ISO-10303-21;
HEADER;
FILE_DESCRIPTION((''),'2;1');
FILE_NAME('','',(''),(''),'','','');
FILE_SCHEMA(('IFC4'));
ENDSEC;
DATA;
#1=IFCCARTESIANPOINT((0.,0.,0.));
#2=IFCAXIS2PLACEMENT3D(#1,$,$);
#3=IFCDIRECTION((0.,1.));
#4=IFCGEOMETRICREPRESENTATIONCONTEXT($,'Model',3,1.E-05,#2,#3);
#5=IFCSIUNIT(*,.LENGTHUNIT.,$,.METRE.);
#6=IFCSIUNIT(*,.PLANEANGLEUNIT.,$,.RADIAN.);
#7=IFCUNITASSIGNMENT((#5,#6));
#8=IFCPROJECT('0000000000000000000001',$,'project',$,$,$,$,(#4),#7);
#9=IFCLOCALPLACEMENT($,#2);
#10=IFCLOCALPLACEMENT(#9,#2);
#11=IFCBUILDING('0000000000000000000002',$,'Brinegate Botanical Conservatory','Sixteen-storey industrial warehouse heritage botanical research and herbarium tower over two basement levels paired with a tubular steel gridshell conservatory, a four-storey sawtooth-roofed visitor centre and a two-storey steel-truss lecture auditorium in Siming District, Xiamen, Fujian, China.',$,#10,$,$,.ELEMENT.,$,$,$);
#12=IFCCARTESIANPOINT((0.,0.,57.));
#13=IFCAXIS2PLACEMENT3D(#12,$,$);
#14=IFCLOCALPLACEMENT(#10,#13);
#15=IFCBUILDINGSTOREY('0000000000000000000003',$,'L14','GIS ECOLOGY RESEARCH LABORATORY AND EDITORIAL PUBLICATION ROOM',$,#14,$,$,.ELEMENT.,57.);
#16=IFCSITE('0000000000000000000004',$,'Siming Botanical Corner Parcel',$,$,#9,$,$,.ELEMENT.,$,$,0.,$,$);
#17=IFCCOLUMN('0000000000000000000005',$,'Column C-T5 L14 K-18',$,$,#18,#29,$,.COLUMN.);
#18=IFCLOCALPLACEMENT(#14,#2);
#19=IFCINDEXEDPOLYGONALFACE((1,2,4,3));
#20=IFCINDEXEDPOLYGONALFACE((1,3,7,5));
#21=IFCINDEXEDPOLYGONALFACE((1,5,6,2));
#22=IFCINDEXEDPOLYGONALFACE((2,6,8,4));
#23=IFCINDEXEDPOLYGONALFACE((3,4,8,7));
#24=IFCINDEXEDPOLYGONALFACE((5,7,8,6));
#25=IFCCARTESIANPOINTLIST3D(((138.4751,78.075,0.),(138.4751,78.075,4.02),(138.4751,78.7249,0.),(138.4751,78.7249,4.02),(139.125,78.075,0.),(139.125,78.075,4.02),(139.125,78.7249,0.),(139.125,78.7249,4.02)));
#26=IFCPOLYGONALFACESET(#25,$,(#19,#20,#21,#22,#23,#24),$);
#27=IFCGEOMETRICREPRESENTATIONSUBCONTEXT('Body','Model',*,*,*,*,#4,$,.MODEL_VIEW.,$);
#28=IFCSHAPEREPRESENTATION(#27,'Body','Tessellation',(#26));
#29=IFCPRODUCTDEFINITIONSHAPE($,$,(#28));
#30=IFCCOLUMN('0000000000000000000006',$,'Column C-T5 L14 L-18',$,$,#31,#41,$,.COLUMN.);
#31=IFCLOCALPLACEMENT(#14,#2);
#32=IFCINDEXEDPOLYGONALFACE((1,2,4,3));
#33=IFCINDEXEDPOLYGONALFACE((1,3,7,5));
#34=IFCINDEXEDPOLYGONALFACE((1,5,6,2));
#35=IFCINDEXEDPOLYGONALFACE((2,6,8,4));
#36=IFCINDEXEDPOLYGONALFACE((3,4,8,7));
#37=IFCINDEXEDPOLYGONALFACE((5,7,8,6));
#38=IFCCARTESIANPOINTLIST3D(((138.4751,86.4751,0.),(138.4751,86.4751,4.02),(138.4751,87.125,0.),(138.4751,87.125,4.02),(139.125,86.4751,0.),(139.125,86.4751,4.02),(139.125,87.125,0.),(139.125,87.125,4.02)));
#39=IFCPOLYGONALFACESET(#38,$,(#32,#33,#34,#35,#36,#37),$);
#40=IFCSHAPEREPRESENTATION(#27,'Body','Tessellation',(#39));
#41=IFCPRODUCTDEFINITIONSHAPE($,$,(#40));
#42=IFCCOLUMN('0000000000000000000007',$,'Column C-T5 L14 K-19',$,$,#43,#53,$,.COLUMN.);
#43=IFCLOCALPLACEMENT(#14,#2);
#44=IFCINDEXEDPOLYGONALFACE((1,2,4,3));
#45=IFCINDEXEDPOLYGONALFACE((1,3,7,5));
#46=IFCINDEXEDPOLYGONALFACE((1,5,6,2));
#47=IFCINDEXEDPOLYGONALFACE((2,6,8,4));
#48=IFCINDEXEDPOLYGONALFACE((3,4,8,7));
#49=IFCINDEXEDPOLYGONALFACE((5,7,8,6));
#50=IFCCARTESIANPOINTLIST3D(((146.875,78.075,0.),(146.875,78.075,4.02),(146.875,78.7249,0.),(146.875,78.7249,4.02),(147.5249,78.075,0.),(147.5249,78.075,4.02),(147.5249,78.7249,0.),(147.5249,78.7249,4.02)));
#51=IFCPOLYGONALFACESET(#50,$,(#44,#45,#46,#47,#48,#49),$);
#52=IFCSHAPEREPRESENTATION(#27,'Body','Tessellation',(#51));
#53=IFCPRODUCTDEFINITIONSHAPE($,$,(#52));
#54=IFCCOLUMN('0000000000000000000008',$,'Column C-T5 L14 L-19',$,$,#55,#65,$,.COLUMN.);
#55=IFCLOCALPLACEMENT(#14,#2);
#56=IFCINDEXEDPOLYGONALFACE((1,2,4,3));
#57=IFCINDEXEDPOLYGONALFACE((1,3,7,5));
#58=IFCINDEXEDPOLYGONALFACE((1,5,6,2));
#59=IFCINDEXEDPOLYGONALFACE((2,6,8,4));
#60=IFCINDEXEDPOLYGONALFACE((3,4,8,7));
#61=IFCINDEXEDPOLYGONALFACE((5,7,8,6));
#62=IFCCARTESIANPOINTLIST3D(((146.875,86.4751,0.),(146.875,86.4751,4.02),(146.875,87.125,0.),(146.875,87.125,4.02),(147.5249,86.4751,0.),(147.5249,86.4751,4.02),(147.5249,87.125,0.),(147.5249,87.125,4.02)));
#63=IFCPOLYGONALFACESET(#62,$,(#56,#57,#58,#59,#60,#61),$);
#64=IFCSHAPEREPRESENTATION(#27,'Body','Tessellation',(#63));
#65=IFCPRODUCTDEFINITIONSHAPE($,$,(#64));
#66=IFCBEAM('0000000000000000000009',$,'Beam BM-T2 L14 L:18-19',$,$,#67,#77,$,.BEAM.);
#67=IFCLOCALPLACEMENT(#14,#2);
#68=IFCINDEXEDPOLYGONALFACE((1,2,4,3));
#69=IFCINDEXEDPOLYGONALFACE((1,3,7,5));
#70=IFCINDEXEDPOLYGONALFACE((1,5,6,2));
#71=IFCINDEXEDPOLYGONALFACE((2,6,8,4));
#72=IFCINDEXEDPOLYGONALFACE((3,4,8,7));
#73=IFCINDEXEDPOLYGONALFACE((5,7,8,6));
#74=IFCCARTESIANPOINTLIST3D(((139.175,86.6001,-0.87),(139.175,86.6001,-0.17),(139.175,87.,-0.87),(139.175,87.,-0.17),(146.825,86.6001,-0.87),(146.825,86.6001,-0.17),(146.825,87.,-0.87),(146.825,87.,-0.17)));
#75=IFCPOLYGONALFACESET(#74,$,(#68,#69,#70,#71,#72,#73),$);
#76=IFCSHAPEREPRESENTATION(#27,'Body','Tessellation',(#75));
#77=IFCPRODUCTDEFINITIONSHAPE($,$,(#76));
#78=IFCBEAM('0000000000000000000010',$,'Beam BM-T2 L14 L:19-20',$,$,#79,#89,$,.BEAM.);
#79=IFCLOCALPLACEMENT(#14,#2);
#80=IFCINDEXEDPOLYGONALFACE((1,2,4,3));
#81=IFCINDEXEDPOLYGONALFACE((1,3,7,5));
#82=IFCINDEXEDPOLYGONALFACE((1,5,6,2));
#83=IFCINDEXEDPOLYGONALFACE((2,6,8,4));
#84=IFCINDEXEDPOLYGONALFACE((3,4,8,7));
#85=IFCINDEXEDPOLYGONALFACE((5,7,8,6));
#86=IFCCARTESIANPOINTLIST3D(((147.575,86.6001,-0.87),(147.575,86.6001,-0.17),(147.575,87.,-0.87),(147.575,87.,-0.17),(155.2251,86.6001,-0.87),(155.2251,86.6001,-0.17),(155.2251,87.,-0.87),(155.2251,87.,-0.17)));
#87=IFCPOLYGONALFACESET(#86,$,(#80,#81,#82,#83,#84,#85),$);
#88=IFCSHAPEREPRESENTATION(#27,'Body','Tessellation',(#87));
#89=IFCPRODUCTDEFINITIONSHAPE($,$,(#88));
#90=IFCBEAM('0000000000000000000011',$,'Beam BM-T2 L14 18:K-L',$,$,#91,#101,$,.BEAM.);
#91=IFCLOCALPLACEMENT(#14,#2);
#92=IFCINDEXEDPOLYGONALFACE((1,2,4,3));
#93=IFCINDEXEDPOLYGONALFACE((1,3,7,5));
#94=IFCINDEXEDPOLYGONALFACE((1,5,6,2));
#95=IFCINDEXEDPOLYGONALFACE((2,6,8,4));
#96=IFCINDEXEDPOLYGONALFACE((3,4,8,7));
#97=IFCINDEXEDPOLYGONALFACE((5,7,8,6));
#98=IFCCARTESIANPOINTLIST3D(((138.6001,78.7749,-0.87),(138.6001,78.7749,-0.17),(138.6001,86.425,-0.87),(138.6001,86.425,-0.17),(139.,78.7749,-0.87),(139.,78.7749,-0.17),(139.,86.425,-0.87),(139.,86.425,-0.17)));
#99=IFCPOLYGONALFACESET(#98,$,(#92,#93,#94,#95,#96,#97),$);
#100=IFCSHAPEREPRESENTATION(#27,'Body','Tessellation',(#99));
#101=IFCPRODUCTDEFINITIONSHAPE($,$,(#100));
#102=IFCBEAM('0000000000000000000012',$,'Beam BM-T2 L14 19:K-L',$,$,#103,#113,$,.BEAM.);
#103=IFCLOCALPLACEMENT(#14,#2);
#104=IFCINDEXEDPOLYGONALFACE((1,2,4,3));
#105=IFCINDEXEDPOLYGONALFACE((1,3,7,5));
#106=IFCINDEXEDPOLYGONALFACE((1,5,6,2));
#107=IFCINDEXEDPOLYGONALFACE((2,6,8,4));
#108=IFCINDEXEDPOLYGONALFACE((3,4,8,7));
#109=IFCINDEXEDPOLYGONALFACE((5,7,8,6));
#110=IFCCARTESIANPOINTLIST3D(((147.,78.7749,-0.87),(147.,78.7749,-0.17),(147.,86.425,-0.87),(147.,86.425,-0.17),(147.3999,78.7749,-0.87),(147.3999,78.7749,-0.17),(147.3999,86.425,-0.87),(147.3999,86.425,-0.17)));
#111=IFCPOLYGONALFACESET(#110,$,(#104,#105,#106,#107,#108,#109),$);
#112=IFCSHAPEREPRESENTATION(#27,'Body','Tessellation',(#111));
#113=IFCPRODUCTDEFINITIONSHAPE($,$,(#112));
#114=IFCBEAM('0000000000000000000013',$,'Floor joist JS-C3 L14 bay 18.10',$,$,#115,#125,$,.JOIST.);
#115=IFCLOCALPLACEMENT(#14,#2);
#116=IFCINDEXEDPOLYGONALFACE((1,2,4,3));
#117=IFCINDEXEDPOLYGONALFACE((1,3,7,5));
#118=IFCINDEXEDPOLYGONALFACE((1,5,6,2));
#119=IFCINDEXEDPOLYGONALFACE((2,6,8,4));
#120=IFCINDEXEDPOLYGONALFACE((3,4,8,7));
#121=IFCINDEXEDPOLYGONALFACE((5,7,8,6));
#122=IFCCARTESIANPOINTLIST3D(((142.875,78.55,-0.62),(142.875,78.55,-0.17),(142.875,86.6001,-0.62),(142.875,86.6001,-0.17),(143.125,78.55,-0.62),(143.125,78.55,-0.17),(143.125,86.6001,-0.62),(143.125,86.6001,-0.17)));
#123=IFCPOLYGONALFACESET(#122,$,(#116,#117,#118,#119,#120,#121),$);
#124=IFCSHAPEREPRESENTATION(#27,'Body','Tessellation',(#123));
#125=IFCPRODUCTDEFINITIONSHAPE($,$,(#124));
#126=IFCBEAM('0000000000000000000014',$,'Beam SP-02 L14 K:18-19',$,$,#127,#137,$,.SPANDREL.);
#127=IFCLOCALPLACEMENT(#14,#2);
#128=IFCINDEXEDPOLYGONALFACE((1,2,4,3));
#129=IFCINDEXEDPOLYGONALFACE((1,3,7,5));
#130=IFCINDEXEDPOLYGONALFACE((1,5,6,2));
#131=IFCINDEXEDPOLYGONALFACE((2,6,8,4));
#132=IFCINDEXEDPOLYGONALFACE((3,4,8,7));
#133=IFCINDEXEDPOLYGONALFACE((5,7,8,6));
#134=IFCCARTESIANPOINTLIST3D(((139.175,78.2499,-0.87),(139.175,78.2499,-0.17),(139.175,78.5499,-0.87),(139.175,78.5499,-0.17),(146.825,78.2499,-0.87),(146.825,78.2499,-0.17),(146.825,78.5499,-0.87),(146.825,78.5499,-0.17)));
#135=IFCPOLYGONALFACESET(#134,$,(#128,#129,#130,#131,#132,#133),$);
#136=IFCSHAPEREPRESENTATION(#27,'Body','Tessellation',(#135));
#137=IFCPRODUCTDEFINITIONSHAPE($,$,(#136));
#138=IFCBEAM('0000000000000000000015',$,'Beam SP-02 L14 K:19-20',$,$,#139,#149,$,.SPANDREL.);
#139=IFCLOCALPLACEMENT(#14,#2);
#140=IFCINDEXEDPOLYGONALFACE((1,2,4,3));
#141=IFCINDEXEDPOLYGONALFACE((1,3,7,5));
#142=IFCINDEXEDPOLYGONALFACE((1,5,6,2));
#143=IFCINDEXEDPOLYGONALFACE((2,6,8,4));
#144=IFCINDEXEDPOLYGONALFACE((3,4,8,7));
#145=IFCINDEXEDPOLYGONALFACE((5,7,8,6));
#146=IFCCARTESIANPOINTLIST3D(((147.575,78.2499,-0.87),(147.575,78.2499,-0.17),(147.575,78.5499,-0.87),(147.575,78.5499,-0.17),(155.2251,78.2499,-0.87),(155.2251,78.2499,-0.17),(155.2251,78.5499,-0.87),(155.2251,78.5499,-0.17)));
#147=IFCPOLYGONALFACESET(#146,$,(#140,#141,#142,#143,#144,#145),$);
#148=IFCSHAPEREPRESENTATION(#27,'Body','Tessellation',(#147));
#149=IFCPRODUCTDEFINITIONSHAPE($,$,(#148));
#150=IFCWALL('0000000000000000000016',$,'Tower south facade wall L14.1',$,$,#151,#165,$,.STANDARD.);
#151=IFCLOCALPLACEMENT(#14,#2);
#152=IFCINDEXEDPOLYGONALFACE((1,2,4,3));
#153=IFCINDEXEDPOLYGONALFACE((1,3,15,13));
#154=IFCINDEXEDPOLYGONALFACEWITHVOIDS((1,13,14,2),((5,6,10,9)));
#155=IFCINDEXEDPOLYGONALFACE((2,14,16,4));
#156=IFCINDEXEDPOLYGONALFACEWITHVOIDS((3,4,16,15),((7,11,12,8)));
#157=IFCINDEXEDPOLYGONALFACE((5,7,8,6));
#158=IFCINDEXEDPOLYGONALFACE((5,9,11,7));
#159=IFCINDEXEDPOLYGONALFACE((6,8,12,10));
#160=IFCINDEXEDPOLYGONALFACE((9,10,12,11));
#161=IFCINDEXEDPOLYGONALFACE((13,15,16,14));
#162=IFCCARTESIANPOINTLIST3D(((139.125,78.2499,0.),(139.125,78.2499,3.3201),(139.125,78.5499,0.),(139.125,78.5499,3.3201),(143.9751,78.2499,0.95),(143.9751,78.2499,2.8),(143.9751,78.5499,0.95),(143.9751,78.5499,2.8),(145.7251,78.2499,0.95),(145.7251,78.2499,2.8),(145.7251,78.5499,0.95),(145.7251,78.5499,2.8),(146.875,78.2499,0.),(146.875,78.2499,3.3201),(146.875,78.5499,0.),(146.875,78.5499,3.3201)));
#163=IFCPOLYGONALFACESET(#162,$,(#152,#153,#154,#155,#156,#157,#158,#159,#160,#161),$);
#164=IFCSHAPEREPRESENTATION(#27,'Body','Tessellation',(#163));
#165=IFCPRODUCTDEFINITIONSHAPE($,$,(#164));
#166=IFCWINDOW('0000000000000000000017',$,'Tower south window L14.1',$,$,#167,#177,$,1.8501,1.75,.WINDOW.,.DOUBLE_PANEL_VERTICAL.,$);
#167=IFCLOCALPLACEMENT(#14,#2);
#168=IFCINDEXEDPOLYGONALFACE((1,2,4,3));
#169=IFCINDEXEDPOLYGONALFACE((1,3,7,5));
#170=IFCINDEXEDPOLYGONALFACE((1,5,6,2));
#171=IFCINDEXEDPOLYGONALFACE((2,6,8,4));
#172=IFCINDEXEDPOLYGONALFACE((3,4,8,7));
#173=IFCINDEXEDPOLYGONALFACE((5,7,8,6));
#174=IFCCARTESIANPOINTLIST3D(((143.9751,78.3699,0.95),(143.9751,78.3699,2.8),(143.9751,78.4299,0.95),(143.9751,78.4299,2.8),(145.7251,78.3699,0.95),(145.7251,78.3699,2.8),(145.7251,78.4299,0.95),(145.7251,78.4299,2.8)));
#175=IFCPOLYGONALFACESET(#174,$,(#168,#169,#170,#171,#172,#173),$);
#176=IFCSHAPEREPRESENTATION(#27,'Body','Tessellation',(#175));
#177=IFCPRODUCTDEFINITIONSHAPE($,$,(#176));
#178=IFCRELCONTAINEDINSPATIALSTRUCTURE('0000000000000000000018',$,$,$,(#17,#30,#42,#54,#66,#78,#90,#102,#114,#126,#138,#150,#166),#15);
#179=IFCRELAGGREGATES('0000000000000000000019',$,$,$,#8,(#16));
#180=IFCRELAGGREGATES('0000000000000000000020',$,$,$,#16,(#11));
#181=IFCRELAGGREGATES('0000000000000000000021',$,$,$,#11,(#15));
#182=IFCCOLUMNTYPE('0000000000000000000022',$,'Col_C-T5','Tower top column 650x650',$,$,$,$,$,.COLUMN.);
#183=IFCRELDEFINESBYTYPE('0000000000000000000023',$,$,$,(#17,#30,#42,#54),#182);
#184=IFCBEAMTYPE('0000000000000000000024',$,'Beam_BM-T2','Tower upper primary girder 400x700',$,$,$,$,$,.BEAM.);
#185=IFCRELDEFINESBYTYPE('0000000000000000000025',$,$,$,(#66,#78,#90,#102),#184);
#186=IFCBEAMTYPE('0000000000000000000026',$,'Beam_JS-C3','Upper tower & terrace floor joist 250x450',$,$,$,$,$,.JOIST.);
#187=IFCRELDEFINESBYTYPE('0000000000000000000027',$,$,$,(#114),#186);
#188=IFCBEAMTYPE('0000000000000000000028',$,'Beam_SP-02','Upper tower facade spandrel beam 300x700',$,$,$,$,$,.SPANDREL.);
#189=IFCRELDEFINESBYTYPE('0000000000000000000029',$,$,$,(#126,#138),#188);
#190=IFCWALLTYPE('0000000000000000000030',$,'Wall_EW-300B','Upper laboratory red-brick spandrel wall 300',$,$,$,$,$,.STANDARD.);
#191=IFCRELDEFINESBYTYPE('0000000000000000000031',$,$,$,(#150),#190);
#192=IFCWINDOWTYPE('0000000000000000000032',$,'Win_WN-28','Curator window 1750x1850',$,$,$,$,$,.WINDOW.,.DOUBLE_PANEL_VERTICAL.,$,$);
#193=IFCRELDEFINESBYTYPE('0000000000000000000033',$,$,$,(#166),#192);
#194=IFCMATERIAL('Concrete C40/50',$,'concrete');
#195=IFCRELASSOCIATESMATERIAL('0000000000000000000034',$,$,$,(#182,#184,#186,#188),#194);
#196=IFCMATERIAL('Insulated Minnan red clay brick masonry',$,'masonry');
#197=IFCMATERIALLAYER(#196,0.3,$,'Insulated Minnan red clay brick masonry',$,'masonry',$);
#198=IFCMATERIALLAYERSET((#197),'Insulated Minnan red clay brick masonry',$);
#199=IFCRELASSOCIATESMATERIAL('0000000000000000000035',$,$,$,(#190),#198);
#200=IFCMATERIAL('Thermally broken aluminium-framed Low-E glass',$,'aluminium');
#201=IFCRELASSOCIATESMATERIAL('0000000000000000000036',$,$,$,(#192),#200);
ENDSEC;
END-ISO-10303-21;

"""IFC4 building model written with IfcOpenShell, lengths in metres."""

from ifc_helpers import new_model, si_unit, direction, frame, frame_2d, origin, origin_2d, place, context, subcontext, project, spatial, rectangle, extrude, material, layer, layer_set, material_profile, profile_set, type_object, element, fill, save


model = new_model("IFC4")

# Units and contexts
model_context = context("Model", 3, precision=1e-05, world=origin(), true_north=direction((0.0, 1.0)))
body_context = subcontext(model_context, "Body", "Model", "MODEL_VIEW")
ifc_project = project(units=[si_unit("LENGTHUNIT", "METRE"), si_unit("PLANEANGLEUNIT", "RADIAN")], contexts=[model_context])

# Site, building, storey
site_placement = place(None, origin())
site = spatial("IfcSite", under=ifc_project, at=site_placement, Name="Siming Botanical Corner Parcel", CompositionType="ELEMENT", RefElevation=0.0)
building_placement = place(site_placement, origin())
building = spatial("IfcBuilding", under=site, at=building_placement, Name="Brinegate Botanical Conservatory", Description="Sixteen-storey industrial warehouse heritage botanical research and herbarium tower over two basement levels paired with a tubular steel gridshell conservatory, a four-storey sawtooth-roofed visitor centre and a two-storey steel-truss lecture auditorium in Siming District, Xiamen, Fujian, China.", CompositionType="ELEMENT")
storey_placement = place(building_placement, frame((0.0, 0.0, 57.0)))
storey = spatial("IfcBuildingStorey", under=building, at=storey_placement, Name="L14", Description="GIS ECOLOGY RESEARCH LABORATORY AND EDITORIAL PUBLICATION ROOM", CompositionType="ELEMENT", Elevation=57.0)

# Columns
ifc_material_1 = material(Name="Concrete C40/50", Category="concrete")
ifc_material_profile_1 = material_profile(ifc_material_1, rectangle(XDim=0.6499, YDim=0.6499, at=origin_2d()), Name="RC COL 650x650")
ifc_profile_set_1 = profile_set([ifc_material_profile_1], Name="Concrete C40/50")
column_type = type_object("IfcColumnType", Name="Col_C-T5", Description="Tower top column 650x650", PredefinedType="COLUMN", material=ifc_profile_set_1)
for number, where, z_axis, x_axis, name in (
    (1, (138.8, 78.3999, 0.0), (0.0, 0.0, 1.0), (1.0, 0.0, 0.0), "Column C-T5 L14 K-18"),
    (2, (138.8, 86.8, 0.0), (0.0, 0.0, 1.0), (1.0, 0.0, 0.0), "Column C-T5 L14 L-18"),
    (3, (147.2, 78.3999, 0.0), (0.0, 0.0, 1.0), (1.0, 0.0, 0.0), "Column C-T5 L14 K-19"),
    (4, (147.2, 86.8, 0.0), (0.0, 0.0, 1.0), (1.0, 0.0, 0.0), "Column C-T5 L14 L-19"),
):
    element("IfcColumn", number, at=place(storey_placement, frame(where, z_axis=z_axis, x_axis=x_axis)), inside=storey, type_object=column_type, Name=name, PredefinedType="COLUMN", context=body_context, shape_type="SweptSolid", body=[
        extrude(rectangle(XDim=0.6499, YDim=0.6499, at=origin_2d()), origin(), (0.0, 0.0, 1.0), 4.02),
    ])

# Beams
ifc_material_profile_2 = material_profile(ifc_material_1, rectangle(XDim=0.3999, YDim=0.7, at=origin_2d()), Name="RC BM 400x700")
ifc_profile_set_2 = profile_set([ifc_material_profile_2], Name="Concrete C40/50")
beam_type_1 = type_object("IfcBeamType", Name="Beam_BM-T2", Description="Tower upper primary girder 400x700", PredefinedType="BEAM", material=ifc_profile_set_2)
beam_1_placement = place(storey_placement, frame((139.175, 86.8, -0.52), z_axis=(1.0, 0.0, 0.0), x_axis=(0.0, 1.0, 0.0)))
element("IfcBeam", 5, at=beam_1_placement, inside=storey, type_object=beam_type_1, Name="Beam BM-T2 L14 L:18-19", PredefinedType="BEAM", context=body_context, shape_type="SweptSolid", body=[
    extrude(rectangle(XDim=0.3999, YDim=0.7, at=origin_2d()), origin(), (0.0, 0.0, 1.0), 7.6499),
])
for number, where, z_axis, x_axis, name in (
    (6, (147.575, 86.8, -0.52), (1.0, 0.0, 0.0), (0.0, 1.0, 0.0), "Beam BM-T2 L14 L:19-20"),
    (7, (138.8, 78.7749, -0.52), (0.0, 1.0, 0.0), (-1.0, 0.0, 0.0), "Beam BM-T2 L14 18:K-L"),
    (8, (147.2, 78.7749, -0.52), (0.0, 1.0, 0.0), (-1.0, 0.0, 0.0), "Beam BM-T2 L14 19:K-L"),
):
    element("IfcBeam", number, at=place(storey_placement, frame(where, z_axis=z_axis, x_axis=x_axis)), inside=storey, type_object=beam_type_1, Name=name, PredefinedType="BEAM", context=body_context, shape_type="SweptSolid", body=[
        extrude(rectangle(XDim=0.3999, YDim=0.7, at=origin_2d()), origin(), (0.0, 0.0, 1.0), 7.6501),
    ])
ifc_material_profile_3 = material_profile(ifc_material_1, rectangle(XDim=0.25, YDim=0.45, at=origin_2d()), Name="RC JST 250x450")
ifc_profile_set_3 = profile_set([ifc_material_profile_3], Name="Concrete C40/50")
beam_type_2 = type_object("IfcBeamType", Name="Beam_JS-C3", Description="Upper tower & terrace floor joist 250x450", PredefinedType="JOIST", material=ifc_profile_set_3)
beam_2_placement = place(storey_placement, frame((143.0, 78.55, -0.395), z_axis=(0.0, 1.0, 0.0), x_axis=(-1.0, 0.0, 0.0)))
element("IfcBeam", 9, at=beam_2_placement, inside=storey, type_object=beam_type_2, Name="Floor joist JS-C3 L14 bay 18.10", PredefinedType="JOIST", context=body_context, shape_type="SweptSolid", body=[
    extrude(rectangle(XDim=0.25, YDim=0.45, at=origin_2d()), origin(), (0.0, 0.0, 1.0), 8.05),
])
ifc_material_profile_4 = material_profile(ifc_material_1, rectangle(XDim=0.3, YDim=0.7, at=origin_2d()), Name="RC SPN 300x700")
ifc_profile_set_4 = profile_set([ifc_material_profile_4], Name="Concrete C40/50")
beam_type_3 = type_object("IfcBeamType", Name="Beam_SP-02", Description="Upper tower facade spandrel beam 300x700", PredefinedType="SPANDREL", material=ifc_profile_set_4)
beam_3_placement = place(storey_placement, frame((139.175, 78.3999, -0.52), z_axis=(1.0, 0.0, 0.0), x_axis=(0.0, 1.0, 0.0)))
element("IfcBeam", 10, at=beam_3_placement, inside=storey, type_object=beam_type_3, Name="Beam SP-02 L14 K:18-19", PredefinedType="SPANDREL", context=body_context, shape_type="SweptSolid", body=[
    extrude(rectangle(XDim=0.3, YDim=0.7, at=origin_2d()), origin(), (0.0, 0.0, 1.0), 7.6499),
])
beam_4_placement = place(storey_placement, frame((147.575, 78.3999, -0.52), z_axis=(1.0, 0.0, 0.0), x_axis=(0.0, 1.0, 0.0)))
element("IfcBeam", 11, at=beam_4_placement, inside=storey, type_object=beam_type_3, Name="Beam SP-02 L14 K:19-20", PredefinedType="SPANDREL", context=body_context, shape_type="SweptSolid", body=[
    extrude(rectangle(XDim=0.3, YDim=0.7, at=origin_2d()), origin(), (0.0, 0.0, 1.0), 7.6501),
])

# Wall, opening, window
ifc_material_2 = material(Name="Insulated Minnan red clay brick masonry", Category="masonry")
ifc_layer_1 = layer(ifc_material_2, 0.3, Name="Insulated Minnan red clay brick masonry", Category="masonry")
ifc_layer_set_1 = layer_set([ifc_layer_1], Name="Insulated Minnan red clay brick masonry")
wall_type_1 = type_object("IfcWallType", Name="Wall_EW-300B", Description="Upper laboratory red-brick spandrel wall 300", PredefinedType="STANDARD", material=ifc_layer_set_1)
wall_1_placement = place(storey_placement, frame((146.875, 78.3999, 0.0), z_axis=(0.0, 0.0, 1.0), x_axis=(-1.0, 0.0, 0.0)))
wall_1 = element("IfcWall", 12, at=wall_1_placement, inside=storey, type_object=wall_type_1, Name="Tower south facade wall L14.1", PredefinedType="STANDARD", context=body_context, shape_type="SweptSolid", body=[
    extrude(rectangle(XDim=7.75, YDim=0.3, at=frame_2d((3.875, 0.0))), origin(), (0.0, 0.0, 1.0), 3.3201),
])
opening_1_placement = place(wall_1_placement, frame((1.1499, 0.0, 0.95)))
opening_1 = element("IfcOpeningElement", 13, at=opening_1_placement, cuts=wall_1, PredefinedType="OPENING", context=body_context, shape_type="SweptSolid", body=[
    extrude(rectangle(XDim=1.75, YDim=1.8501, at=frame_2d((0.875, 0.925))), frame((0.0, 0.1599, 0.0), z_axis=(0.0, -1.0, 0.0), x_axis=(1.0, 0.0, 0.0)), (0.0, 0.0, 1.0), 0.3201),
])
ifc_material_3 = material(Name="Thermally broken aluminium-framed Low-E glass", Category="aluminium")
window_type_1 = type_object("IfcWindowType", Name="Win_WN-28", Description="Curator window 1750x1850", PartitioningType="DOUBLE_PANEL_VERTICAL", PredefinedType="WINDOW", material=ifc_material_3)
window_1_placement = place(opening_1_placement, origin())
window_1 = element("IfcWindow", 14, at=window_1_placement, inside=storey, type_object=window_type_1, Name="Tower south window L14.1", OverallHeight=1.8501, OverallWidth=1.75, PartitioningType="DOUBLE_PANEL_VERTICAL", PredefinedType="WINDOW", context=body_context, shape_type="SweptSolid", body=[
    extrude(rectangle(XDim=1.75, YDim=1.8501, at=frame_2d((0.875, 0.925))), frame((0.0, 0.03, 0.0), z_axis=(0.0, -1.0, 0.0), x_axis=(1.0, 0.0, 0.0)), (0.0, 0.0, 1.0), 0.0601),
])
fill(opening_1, window_1)

save(model, "model.ifc")
